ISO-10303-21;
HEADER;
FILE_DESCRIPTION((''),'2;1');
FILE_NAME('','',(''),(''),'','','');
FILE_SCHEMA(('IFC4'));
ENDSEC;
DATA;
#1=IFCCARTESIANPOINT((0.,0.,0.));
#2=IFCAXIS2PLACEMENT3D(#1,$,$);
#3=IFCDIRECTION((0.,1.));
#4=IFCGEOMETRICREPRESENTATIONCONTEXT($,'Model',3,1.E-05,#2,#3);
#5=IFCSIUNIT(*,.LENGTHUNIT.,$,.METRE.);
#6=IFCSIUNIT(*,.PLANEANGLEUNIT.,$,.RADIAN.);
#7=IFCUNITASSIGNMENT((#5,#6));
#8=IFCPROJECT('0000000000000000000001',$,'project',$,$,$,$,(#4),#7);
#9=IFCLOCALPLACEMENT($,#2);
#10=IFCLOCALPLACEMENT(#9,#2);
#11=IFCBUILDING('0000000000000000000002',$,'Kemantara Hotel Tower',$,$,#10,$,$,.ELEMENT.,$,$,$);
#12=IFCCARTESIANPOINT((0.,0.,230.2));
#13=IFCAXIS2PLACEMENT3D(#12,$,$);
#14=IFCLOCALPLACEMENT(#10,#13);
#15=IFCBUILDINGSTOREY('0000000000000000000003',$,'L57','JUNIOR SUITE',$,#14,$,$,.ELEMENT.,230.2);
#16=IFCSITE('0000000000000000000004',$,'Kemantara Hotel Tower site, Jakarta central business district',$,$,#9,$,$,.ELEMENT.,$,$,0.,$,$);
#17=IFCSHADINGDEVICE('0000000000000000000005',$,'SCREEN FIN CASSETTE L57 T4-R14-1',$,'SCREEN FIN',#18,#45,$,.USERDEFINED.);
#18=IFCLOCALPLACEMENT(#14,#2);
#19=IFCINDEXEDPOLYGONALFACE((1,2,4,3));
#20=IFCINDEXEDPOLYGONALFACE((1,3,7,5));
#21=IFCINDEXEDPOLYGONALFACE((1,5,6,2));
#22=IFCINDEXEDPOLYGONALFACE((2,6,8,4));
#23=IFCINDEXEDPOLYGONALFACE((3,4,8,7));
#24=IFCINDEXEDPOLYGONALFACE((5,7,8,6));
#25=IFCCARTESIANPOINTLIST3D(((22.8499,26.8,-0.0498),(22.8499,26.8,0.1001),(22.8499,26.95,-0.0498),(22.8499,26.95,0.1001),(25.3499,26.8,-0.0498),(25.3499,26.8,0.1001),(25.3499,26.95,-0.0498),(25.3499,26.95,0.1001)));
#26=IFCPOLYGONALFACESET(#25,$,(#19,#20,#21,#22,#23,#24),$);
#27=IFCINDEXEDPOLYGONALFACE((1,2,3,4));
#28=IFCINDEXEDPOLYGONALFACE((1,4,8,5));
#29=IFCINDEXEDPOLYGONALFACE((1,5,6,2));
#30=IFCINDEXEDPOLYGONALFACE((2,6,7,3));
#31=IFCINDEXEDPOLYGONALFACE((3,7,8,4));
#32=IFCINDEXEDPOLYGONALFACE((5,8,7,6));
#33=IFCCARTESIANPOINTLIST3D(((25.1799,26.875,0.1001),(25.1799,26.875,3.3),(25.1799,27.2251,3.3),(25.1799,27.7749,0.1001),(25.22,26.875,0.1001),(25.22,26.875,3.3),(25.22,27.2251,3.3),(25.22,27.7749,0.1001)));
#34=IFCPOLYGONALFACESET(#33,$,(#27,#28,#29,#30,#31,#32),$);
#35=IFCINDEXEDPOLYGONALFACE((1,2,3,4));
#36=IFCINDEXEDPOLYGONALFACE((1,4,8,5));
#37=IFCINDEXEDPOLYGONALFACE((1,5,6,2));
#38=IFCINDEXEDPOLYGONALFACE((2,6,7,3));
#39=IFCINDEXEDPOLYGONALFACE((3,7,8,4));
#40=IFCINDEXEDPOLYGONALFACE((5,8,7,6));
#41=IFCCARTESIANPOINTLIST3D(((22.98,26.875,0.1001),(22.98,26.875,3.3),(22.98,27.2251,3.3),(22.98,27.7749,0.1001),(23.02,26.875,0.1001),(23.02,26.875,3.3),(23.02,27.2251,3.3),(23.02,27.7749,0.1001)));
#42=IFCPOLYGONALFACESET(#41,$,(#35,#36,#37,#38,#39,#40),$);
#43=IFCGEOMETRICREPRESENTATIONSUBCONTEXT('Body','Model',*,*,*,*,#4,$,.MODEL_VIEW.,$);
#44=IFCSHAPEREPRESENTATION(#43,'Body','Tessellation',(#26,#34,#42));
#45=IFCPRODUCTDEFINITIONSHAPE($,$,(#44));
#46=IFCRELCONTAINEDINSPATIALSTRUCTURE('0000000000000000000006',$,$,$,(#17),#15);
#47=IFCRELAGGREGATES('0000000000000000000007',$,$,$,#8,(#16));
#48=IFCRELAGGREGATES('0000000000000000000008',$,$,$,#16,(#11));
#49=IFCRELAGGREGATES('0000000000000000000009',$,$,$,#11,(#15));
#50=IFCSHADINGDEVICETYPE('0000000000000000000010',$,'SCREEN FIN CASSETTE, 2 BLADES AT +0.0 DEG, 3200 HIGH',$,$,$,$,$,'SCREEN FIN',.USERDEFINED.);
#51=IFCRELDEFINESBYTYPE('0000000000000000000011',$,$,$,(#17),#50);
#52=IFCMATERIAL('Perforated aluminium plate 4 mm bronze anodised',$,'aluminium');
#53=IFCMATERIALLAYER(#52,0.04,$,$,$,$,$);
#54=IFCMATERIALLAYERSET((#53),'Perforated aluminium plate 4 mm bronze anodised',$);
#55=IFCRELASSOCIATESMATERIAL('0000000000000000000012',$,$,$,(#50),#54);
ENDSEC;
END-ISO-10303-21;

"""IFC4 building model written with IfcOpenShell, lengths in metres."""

from ifc_helpers import new_model, si_unit, direction, frame, origin, origin_2d, place, context, subcontext, project, spatial, polyline, rectangle, outline, extrude, source, transform, mapped, material, layer, layer_set, type_object, element, save


model = new_model("IFC4")

# Units and contexts
model_context = context("Model", 3, precision=1e-05, world=origin(), true_north=direction((0.0, 1.0)))
body_context = subcontext(model_context, "Body", "Model", "MODEL_VIEW")
ifc_project = project(units=[si_unit("LENGTHUNIT", "METRE"), si_unit("PLANEANGLEUNIT", "RADIAN")], contexts=[model_context])

# Site, building, storey
site_placement = place(None, origin())
site = spatial("IfcSite", under=ifc_project, at=site_placement, Name="Kemantara Hotel Tower site, Jakarta central business district", CompositionType="ELEMENT", RefElevation=0.0)
building_placement = place(site_placement, origin())
building = spatial("IfcBuilding", under=site, at=building_placement, Name="Kemantara Hotel Tower", CompositionType="ELEMENT")
storey_placement = place(building_placement, frame((0.0, 0.0, 230.2)))
storey = spatial("IfcBuildingStorey", under=building, at=storey_placement, Name="L57", Description="JUNIOR SUITE", CompositionType="ELEMENT", Elevation=230.2)

# Shading device
ifc_material_1 = material(Name="Perforated aluminium plate 4 mm bronze anodised", Category="aluminium")
ifc_layer_1 = layer(ifc_material_1, 0.04)
ifc_layer_set_1 = layer_set([ifc_layer_1], Name="Perforated aluminium plate 4 mm bronze anodised")
shading_device_type_1 = type_object("IfcShadingDeviceType", Name="SCREEN FIN CASSETTE, 2 BLADES AT +0.0 DEG, 3200 HIGH", ElementType="SCREEN FIN", PredefinedType="USERDEFINED", material=ifc_layer_set_1)
shared_shape_1 = source(origin(), body_context, "Body", "SweptSolid", [
    extrude(rectangle(XDim=2.5, YDim=0.1499, at=origin_2d()), frame((1.1001, -0.075, -0.1499), z_axis=(0.0, 0.0, 1.0), x_axis=(1.0, 0.0, 0.0)), (0.0, 0.0, 1.0), 0.1499),
    extrude(outline(polyline([(0.0, 0.0), (0.8999, 0.0), (0.3501, 3.2), (0.0, 3.2), (0.0, 0.0)])), frame((0.02, -0.075, 0.0), z_axis=(-1.0, 0.0, 0.0), x_axis=(0.0, -1.0, 0.0)), (0.0, 0.0, 1.0), 0.04),
    extrude(outline(polyline([(0.0, 0.0), (0.8999, 0.0), (0.3501, 3.2), (0.0, 3.2), (0.0, 0.0)])), frame((2.22, -0.075, 0.0), z_axis=(-1.0, 0.0, 0.0), x_axis=(0.0, -1.0, 0.0)), (0.0, 0.0, 1.0), 0.04),
])
for number, where, z_axis, x_axis, name in (
    (1, (25.2, 26.8, 0.1001), (0.0, 0.0, 1.0), (-1.0, 0.0, 0.0), "SCREEN FIN CASSETTE L57 T4-R14-1"),
):
    element("IfcShadingDevice", number, at=place(storey_placement, frame(where, z_axis=z_axis, x_axis=x_axis)), inside=storey, type_object=shading_device_type_1, Name=name, ObjectType="SCREEN FIN", PredefinedType="USERDEFINED", context=body_context, shape_type="MappedRepresentation", body=[
        mapped(shared_shape_1, transform((0.0, 0.0, 0.0))),
    ])

save(model, "model.ifc")
